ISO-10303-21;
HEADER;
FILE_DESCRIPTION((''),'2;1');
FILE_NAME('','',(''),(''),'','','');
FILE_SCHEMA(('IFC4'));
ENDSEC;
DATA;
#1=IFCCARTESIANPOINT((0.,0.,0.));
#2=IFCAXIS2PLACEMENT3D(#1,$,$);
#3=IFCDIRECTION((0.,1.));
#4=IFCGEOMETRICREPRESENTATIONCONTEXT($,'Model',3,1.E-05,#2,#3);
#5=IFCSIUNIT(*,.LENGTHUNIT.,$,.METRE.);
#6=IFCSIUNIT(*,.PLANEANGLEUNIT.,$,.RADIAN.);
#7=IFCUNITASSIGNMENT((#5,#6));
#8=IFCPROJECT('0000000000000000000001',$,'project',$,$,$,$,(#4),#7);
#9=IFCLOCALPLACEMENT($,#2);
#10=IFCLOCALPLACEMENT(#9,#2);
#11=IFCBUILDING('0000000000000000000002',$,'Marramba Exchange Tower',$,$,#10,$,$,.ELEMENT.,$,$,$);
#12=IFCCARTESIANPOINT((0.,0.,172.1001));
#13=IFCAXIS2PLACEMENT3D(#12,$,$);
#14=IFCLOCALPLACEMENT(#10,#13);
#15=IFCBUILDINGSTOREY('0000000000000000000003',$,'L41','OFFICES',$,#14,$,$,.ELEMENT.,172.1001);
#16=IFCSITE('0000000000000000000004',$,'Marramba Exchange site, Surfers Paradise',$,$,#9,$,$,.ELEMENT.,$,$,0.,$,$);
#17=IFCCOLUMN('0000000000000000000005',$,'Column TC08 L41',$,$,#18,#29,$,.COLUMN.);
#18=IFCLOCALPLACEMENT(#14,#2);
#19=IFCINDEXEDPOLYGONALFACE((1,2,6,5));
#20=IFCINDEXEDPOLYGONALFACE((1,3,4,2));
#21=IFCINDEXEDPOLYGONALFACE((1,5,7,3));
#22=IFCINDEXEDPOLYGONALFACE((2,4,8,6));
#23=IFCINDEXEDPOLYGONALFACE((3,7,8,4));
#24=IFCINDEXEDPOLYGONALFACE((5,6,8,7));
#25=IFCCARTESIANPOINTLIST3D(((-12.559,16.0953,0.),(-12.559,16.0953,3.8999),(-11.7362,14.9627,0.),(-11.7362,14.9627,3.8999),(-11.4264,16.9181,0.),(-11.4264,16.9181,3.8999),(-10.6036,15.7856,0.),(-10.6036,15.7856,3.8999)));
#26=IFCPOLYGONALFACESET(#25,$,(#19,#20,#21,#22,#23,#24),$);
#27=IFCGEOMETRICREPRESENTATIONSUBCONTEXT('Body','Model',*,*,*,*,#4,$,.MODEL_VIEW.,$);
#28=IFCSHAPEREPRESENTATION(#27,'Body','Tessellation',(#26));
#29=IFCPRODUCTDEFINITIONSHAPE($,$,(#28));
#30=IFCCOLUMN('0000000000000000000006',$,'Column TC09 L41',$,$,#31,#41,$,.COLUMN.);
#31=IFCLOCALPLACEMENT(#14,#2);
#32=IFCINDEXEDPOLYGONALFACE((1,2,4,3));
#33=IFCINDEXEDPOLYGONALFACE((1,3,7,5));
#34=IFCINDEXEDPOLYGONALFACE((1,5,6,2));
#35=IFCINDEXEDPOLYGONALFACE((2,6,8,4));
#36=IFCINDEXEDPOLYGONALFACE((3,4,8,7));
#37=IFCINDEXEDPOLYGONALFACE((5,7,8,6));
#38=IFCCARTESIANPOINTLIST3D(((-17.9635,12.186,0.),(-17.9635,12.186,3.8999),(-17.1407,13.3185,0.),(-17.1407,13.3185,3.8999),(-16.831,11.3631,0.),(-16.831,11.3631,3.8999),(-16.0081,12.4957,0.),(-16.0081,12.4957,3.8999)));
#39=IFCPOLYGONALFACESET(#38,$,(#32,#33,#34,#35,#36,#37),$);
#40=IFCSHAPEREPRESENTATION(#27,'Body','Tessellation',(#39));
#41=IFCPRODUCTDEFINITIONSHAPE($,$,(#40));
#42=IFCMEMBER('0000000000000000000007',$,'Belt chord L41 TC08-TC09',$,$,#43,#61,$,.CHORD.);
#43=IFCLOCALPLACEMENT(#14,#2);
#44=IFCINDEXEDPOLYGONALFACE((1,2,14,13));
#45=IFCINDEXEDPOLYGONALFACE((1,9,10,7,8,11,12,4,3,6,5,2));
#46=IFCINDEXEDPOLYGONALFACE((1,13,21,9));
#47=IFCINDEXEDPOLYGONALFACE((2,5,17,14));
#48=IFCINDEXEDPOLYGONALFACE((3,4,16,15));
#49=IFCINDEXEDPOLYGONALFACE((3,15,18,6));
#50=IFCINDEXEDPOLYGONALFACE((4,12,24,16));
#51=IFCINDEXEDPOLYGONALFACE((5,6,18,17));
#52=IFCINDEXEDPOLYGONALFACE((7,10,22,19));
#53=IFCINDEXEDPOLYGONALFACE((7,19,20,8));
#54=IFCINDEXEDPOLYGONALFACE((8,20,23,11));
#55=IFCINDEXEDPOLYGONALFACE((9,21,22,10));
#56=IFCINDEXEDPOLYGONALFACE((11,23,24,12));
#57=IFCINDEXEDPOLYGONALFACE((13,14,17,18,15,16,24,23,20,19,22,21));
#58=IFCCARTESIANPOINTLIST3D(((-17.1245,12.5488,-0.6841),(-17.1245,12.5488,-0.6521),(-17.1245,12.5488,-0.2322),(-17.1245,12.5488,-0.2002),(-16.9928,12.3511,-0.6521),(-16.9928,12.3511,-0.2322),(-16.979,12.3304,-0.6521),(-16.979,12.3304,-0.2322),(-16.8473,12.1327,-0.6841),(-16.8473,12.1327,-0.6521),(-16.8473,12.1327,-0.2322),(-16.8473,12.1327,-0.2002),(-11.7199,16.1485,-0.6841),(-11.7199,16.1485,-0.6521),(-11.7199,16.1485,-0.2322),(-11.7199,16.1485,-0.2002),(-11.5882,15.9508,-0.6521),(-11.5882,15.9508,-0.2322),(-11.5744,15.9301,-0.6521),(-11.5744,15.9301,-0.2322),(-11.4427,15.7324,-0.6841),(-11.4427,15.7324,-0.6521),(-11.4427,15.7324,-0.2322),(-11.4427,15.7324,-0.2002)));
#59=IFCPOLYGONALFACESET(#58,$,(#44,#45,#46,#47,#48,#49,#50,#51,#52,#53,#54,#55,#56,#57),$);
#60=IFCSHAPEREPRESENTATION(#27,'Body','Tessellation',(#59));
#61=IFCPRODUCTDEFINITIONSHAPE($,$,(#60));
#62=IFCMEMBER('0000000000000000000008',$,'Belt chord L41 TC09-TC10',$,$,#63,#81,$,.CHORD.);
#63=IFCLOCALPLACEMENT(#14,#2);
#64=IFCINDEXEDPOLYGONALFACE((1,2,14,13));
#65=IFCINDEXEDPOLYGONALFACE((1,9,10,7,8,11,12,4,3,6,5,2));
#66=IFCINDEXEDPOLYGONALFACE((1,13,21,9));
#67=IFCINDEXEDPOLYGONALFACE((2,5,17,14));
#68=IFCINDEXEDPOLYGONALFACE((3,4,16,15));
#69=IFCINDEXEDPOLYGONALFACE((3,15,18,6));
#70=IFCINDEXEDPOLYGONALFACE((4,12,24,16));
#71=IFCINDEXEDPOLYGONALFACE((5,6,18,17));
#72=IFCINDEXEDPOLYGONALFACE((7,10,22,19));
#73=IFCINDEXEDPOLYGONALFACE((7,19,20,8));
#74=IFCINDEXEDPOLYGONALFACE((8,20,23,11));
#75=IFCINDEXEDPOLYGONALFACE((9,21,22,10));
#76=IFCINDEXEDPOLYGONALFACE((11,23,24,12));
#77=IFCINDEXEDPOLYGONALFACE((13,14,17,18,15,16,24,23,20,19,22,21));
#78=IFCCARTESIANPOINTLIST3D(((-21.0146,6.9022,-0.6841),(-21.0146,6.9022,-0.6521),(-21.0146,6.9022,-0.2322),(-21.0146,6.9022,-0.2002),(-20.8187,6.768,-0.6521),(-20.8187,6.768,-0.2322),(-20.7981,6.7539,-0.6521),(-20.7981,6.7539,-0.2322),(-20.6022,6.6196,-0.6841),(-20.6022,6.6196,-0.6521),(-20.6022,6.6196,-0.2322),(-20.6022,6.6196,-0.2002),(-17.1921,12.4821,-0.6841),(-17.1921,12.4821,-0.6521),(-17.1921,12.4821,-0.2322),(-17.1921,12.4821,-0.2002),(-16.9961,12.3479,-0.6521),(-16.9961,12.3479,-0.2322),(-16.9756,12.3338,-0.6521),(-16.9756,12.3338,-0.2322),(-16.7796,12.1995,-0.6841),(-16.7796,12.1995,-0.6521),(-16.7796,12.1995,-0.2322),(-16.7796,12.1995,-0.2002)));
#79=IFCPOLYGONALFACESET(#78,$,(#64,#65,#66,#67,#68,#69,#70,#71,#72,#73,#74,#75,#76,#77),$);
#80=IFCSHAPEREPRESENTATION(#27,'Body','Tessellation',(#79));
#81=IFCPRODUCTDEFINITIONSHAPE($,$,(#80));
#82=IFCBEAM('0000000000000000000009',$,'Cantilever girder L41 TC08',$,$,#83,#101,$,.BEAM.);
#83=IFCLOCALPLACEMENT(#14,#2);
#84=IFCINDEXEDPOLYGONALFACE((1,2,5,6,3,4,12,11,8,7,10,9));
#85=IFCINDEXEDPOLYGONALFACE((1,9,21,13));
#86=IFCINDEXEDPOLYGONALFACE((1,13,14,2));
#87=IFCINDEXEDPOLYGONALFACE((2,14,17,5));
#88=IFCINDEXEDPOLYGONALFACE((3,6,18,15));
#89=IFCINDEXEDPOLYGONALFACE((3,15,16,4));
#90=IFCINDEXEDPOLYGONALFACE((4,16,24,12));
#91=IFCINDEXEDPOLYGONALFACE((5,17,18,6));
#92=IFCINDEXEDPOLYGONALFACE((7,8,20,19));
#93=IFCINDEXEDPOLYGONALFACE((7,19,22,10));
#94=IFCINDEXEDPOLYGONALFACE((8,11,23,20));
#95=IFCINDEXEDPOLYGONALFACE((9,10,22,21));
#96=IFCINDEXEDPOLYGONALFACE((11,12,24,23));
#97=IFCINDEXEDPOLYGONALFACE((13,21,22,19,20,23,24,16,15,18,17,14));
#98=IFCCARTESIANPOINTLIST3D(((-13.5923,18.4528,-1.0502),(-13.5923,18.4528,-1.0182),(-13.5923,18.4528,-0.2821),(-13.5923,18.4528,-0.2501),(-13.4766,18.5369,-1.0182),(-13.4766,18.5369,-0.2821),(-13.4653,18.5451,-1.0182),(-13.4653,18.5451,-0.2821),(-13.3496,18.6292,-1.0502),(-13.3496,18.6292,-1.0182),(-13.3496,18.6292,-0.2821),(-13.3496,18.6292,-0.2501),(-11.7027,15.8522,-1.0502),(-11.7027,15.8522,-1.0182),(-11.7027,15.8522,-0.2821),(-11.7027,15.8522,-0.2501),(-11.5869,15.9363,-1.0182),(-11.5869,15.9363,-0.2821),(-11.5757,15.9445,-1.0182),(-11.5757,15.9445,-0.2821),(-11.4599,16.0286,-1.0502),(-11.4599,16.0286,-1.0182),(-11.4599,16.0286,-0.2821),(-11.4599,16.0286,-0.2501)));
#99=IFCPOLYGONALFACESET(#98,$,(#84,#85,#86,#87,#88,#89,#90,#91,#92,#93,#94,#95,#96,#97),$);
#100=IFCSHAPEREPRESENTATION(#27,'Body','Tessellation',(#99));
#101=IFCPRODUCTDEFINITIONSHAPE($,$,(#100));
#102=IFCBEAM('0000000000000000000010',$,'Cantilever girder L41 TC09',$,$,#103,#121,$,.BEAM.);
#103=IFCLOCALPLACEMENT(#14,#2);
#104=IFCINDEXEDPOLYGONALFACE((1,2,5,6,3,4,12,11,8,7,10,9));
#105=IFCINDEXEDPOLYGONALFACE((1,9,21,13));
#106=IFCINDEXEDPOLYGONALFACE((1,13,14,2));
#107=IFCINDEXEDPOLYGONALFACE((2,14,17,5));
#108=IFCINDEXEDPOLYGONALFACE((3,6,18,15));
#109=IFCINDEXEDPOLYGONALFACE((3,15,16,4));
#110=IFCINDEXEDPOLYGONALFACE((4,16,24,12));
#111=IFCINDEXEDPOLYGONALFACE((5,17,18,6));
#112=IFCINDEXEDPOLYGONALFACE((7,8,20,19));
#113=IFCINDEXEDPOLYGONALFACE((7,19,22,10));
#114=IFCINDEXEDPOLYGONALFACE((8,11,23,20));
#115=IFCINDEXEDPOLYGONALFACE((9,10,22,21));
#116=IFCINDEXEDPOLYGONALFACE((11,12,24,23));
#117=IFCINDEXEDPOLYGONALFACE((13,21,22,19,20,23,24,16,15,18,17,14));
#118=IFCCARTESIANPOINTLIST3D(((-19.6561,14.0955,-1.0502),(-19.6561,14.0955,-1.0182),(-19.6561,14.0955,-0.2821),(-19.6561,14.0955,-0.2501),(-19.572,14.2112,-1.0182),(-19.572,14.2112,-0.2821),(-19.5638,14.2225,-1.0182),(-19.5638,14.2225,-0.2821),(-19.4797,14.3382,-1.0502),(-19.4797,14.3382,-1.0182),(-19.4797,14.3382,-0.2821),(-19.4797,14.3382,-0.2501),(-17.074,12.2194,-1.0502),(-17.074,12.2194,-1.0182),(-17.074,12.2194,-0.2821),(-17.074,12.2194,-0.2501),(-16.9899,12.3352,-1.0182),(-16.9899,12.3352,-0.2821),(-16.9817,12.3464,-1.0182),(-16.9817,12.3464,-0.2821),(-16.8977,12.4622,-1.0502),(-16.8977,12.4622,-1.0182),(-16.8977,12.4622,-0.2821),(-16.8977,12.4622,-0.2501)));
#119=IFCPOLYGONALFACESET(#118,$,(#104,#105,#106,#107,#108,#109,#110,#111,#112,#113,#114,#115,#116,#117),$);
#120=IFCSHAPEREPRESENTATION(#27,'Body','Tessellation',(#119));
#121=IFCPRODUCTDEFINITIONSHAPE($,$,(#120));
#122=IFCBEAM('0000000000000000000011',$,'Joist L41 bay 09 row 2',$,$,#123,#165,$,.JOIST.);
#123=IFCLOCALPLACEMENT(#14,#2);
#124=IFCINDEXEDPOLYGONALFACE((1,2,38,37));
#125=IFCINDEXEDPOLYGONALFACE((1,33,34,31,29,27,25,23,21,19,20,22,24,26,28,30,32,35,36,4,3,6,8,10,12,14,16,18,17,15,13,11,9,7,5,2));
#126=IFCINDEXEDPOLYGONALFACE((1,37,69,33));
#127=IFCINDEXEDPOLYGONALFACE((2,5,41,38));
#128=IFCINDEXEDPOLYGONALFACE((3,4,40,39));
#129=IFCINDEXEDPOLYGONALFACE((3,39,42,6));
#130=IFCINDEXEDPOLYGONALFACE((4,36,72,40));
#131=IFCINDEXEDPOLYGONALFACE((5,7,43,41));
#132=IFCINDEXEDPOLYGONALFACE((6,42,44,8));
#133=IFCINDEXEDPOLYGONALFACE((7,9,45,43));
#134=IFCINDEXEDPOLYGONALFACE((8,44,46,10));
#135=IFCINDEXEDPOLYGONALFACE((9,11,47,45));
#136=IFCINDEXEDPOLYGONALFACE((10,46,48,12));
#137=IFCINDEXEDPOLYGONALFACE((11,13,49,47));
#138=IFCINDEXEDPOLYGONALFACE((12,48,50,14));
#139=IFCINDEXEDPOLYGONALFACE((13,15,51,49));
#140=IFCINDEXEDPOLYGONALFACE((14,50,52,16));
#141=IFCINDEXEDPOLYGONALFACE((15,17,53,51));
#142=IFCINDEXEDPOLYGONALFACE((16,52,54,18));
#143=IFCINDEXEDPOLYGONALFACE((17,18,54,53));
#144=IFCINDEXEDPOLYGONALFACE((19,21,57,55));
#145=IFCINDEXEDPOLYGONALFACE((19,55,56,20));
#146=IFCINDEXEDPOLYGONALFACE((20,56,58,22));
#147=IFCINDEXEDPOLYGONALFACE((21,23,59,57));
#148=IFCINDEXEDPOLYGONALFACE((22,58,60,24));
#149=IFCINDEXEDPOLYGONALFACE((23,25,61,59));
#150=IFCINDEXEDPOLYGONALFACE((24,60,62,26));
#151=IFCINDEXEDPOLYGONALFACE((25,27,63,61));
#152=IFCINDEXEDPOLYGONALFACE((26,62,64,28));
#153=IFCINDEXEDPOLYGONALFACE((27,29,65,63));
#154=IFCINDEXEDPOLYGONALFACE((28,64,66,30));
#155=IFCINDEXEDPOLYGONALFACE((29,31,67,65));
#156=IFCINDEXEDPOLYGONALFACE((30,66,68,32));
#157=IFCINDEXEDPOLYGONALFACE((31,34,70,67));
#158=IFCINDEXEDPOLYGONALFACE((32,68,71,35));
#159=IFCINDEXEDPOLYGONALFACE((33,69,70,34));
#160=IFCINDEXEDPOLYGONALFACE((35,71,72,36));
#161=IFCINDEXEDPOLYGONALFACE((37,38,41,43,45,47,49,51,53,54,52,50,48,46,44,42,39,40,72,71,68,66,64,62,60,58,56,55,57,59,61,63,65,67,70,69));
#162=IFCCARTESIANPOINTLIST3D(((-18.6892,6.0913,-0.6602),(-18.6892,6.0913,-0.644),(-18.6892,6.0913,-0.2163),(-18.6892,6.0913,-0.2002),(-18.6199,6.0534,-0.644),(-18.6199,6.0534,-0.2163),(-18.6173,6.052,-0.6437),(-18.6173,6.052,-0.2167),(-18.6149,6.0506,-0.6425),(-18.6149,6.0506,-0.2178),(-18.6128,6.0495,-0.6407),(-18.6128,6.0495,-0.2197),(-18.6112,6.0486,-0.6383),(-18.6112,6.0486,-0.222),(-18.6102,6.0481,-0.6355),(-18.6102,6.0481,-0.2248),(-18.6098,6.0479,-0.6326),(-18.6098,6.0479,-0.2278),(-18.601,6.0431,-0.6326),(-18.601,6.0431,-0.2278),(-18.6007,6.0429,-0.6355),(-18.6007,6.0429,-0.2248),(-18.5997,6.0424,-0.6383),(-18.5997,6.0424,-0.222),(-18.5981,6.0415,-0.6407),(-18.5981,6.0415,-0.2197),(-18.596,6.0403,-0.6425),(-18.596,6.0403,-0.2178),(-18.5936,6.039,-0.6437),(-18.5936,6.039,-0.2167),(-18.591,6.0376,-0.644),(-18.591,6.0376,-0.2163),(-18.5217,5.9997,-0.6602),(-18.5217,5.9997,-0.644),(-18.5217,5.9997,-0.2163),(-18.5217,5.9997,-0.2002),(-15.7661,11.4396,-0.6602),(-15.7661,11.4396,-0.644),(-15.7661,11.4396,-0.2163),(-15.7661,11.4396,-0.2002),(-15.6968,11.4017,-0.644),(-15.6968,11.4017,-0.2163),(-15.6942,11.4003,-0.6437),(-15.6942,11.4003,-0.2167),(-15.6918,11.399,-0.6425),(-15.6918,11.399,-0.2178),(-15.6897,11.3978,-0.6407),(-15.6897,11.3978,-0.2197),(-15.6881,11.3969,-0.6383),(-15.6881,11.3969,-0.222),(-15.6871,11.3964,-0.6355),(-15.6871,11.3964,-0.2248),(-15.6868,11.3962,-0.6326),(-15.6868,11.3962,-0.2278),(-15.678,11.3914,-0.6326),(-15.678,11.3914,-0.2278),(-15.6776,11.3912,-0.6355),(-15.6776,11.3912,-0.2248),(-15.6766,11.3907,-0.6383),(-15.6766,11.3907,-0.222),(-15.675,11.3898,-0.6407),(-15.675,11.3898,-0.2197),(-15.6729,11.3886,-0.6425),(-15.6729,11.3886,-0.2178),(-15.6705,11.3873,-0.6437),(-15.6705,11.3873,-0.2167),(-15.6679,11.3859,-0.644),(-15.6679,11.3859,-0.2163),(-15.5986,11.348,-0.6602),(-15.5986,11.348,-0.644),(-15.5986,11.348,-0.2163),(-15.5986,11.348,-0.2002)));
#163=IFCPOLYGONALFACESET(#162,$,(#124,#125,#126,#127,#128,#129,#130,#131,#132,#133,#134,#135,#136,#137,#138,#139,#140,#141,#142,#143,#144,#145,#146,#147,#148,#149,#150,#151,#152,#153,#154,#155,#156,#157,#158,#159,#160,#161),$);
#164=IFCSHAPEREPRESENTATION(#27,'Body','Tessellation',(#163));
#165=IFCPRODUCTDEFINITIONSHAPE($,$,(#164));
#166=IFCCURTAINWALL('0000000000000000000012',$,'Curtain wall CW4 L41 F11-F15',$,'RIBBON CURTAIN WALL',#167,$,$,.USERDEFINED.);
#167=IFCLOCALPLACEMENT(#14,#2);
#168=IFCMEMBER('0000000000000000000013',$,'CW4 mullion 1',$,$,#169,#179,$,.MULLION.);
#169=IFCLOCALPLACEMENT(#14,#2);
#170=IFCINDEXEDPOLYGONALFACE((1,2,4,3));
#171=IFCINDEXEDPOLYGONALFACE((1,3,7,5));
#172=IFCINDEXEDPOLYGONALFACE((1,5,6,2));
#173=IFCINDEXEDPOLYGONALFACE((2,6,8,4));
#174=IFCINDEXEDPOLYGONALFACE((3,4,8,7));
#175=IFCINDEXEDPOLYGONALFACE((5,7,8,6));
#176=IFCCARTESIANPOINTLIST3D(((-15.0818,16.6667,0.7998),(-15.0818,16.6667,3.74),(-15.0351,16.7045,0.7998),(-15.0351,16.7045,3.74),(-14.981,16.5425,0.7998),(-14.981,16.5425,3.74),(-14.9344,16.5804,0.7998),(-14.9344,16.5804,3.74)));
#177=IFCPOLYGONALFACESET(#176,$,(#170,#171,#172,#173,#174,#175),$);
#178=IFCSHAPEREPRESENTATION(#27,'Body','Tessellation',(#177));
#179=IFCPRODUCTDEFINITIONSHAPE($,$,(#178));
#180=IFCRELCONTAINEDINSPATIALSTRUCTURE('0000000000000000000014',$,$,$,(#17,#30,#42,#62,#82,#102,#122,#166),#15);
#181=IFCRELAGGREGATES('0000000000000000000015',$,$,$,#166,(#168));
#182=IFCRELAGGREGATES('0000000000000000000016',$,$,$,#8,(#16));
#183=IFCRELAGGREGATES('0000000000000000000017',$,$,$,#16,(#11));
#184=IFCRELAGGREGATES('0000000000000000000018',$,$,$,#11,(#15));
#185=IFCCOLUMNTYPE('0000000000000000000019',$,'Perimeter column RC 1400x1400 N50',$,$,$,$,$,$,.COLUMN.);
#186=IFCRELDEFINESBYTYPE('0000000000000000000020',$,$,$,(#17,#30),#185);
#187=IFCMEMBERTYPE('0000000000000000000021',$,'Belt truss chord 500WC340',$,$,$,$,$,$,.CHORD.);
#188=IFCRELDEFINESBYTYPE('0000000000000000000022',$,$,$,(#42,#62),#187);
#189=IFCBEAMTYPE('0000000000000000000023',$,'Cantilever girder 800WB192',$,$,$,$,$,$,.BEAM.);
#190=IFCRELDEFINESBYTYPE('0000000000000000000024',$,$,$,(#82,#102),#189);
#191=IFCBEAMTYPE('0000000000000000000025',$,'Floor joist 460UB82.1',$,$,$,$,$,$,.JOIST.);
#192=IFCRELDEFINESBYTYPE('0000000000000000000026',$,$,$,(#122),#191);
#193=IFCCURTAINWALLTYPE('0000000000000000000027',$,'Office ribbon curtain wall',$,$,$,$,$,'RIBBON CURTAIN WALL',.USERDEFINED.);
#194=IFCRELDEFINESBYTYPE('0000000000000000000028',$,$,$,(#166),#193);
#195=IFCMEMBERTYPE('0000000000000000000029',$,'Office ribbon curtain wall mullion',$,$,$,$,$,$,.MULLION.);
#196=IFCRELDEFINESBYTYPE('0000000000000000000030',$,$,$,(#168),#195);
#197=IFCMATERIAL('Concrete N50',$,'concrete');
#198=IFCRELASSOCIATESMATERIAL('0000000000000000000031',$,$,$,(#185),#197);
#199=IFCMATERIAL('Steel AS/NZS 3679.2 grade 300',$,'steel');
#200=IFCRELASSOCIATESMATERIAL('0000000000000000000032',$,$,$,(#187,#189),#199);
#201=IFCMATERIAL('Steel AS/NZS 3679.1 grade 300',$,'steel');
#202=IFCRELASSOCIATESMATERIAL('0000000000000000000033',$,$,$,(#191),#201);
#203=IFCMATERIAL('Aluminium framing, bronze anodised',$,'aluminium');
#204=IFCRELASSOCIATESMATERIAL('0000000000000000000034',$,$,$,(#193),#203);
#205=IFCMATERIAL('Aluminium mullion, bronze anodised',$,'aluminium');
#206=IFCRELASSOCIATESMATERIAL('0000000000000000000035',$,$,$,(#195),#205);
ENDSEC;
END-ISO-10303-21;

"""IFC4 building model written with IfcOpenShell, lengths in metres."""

from ifc_helpers import new_model, si_unit, direction, frame, origin, origin_2d, place, context, subcontext, project, spatial, rectangle, i_section, extrude, material, material_profile, profile_set, type_object, element, aggregate, save


model = new_model("IFC4")

# Units and contexts
model_context = context("Model", 3, precision=1e-05, world=origin(), true_north=direction((0.0, 1.0)))
body_context = subcontext(model_context, "Body", "Model", "MODEL_VIEW")
ifc_project = project(units=[si_unit("LENGTHUNIT", "METRE"), si_unit("PLANEANGLEUNIT", "RADIAN")], contexts=[model_context])

# Site, building, storey
site_placement = place(None, origin())
site = spatial("IfcSite", under=ifc_project, at=site_placement, Name="Marramba Exchange site, Surfers Paradise", CompositionType="ELEMENT", RefElevation=0.0)
building_placement = place(site_placement, origin())
building = spatial("IfcBuilding", under=site, at=building_placement, Name="Marramba Exchange Tower", CompositionType="ELEMENT")
storey_placement = place(building_placement, frame((0.0, 0.0, 172.1001)))
storey = spatial("IfcBuildingStorey", under=building, at=storey_placement, Name="L41", Description="OFFICES", CompositionType="ELEMENT", Elevation=172.1001)

# Columns
ifc_material_1 = material(Name="Concrete N50", Category="concrete")
ifc_material_profile_1 = material_profile(ifc_material_1, rectangle(XDim=1.3999, YDim=1.3999, at=origin_2d()), Name="RC 1400x1400")
ifc_profile_set_1 = profile_set([ifc_material_profile_1], Name="Concrete N50")
column_type = type_object("IfcColumnType", Name="Perimeter column RC 1400x1400 N50", PredefinedType="COLUMN", material=ifc_profile_set_1)
for number, where, z_axis, x_axis, name in (
    (1, (-11.5813, 15.9404, 0.0), (0.0, 0.0, 1.0), (-0.587785, 0.809017, 0.0), "Column TC08 L41"),
    (2, (-16.9858, 12.3408, 0.0), (0.0, 0.0, 1.0), (-0.809017, 0.587785, 0.0), "Column TC09 L41"),
):
    element("IfcColumn", number, at=place(storey_placement, frame(where, z_axis=z_axis, x_axis=x_axis)), inside=storey, type_object=column_type, Name=name, PredefinedType="COLUMN", context=body_context, shape_type="SweptSolid", body=[
        extrude(rectangle(XDim=1.3999, YDim=1.3999, at=origin_2d()), origin(), (0.0, 0.0, 1.0), 3.8999),
    ])

# Members
ifc_material_2 = material(Name="Steel AS/NZS 3679.2 grade 300", Category="steel")
ifc_material_profile_2 = material_profile(ifc_material_2, i_section(OverallWidth=0.5, OverallDepth=0.4839, WebThickness=0.0249, FlangeThickness=0.032, at=origin_2d()), Name="500WC340")
ifc_profile_set_2 = profile_set([ifc_material_profile_2], Name="Steel AS/NZS 3679.2 grade 300")
member_type_1 = type_object("IfcMemberType", Name="Belt truss chord 500WC340", PredefinedType="CHORD", material=ifc_profile_set_2)
member_1_placement = place(storey_placement, frame((-11.5813, 15.9404, -0.4421), z_axis=(-0.832293, -0.554336, 0.0), x_axis=(0.554336, -0.832293, 0.0)))
element("IfcMember", 3, at=member_1_placement, inside=storey, type_object=member_type_1, Name="Belt chord L41 TC08-TC09", PredefinedType="CHORD", context=body_context, shape_type="SweptSolid", body=[
    extrude(i_section(OverallWidth=0.5, OverallDepth=0.4839, WebThickness=0.0249, FlangeThickness=0.032, at=origin_2d()), origin(), (0.0, 0.0, 1.0), 6.4937),
])
member_2_placement = place(storey_placement, frame((-16.9858, 12.3408, -0.4421), z_axis=(-0.56516, -0.824981, 0.0), x_axis=(0.824981, -0.56516, 0.0)))
element("IfcMember", 4, at=member_2_placement, inside=storey, type_object=member_type_1, Name="Belt chord L41 TC09-TC10", PredefinedType="CHORD", context=body_context, shape_type="SweptSolid", body=[
    extrude(i_section(OverallWidth=0.5, OverallDepth=0.4839, WebThickness=0.0249, FlangeThickness=0.032, at=origin_2d()), origin(), (0.0, 0.0, 1.0), 6.7637),
])

# Beams
ifc_material_profile_3 = material_profile(ifc_material_2, i_section(OverallWidth=0.3, OverallDepth=0.8, WebThickness=0.0139, FlangeThickness=0.032, at=origin_2d()), Name="800WB192")
ifc_profile_set_3 = profile_set([ifc_material_profile_3], Name="Steel AS/NZS 3679.2 grade 300")
beam_type_1 = type_object("IfcBeamType", Name="Cantilever girder 800WB192", PredefinedType="BEAM", material=ifc_profile_set_3)
beam_1_placement = place(storey_placement, frame((-11.5813, 15.9404, -0.6501), z_axis=(-0.587828, 0.808986, 0.0), x_axis=(-0.808986, -0.587828, 0.0)))
element("IfcBeam", 5, at=beam_1_placement, inside=storey, type_object=beam_type_1, Name="Cantilever girder L41 TC08", PredefinedType="BEAM", context=body_context, shape_type="SweptSolid", body=[
    extrude(i_section(OverallWidth=0.3, OverallDepth=0.8, WebThickness=0.0139, FlangeThickness=0.032, at=origin_2d()), origin(), (0.0, 0.0, 1.0), 3.2146),
])
beam_2_placement = place(storey_placement, frame((-16.9858, 12.3408, -0.6501), z_axis=(-0.809014, 0.58779, 0.0), x_axis=(-0.58779, -0.809014, 0.0)))
element("IfcBeam", 6, at=beam_2_placement, inside=storey, type_object=beam_type_1, Name="Cantilever girder L41 TC09", PredefinedType="BEAM", context=body_context, shape_type="SweptSolid", body=[
    extrude(i_section(OverallWidth=0.3, OverallDepth=0.8, WebThickness=0.0139, FlangeThickness=0.032, at=origin_2d()), origin(), (0.0, 0.0, 1.0), 3.1917),
])
ifc_material_3 = material(Name="Steel AS/NZS 3679.1 grade 300", Category="steel")
ifc_material_profile_4 = material_profile(ifc_material_3, i_section(OverallWidth=0.1909, OverallDepth=0.46, WebThickness=0.01, FlangeThickness=0.0161, FilletRadius=0.0115, at=origin_2d()), Name="460UB82.1")
ifc_profile_set_4 = profile_set([ifc_material_profile_4], Name="Steel AS/NZS 3679.1 grade 300")
beam_type_2 = type_object("IfcBeamType", Name="Floor joist 460UB82.1", PredefinedType="JOIST", material=ifc_profile_set_4)
beam_3_placement = place(storey_placement, frame((-15.6824, 11.3938, -0.4302), z_axis=(-0.479584, -0.877496, 0.0), x_axis=(0.877496, -0.479584, 0.0)))
element("IfcBeam", 7, at=beam_3_placement, inside=storey, type_object=beam_type_2, Name="Joist L41 bay 09 row 2", PredefinedType="JOIST", context=body_context, shape_type="SweptSolid", body=[
    extrude(i_section(OverallWidth=0.1909, OverallDepth=0.46, WebThickness=0.01, FlangeThickness=0.0161, FilletRadius=0.0115, at=origin_2d()), origin(), (0.0, 0.0, 1.0), 6.095),
])

# Curtain wall, member
ifc_material_4 = material(Name="Aluminium framing, bronze anodised", Category="aluminium")
curtain_wall_type = type_object("IfcCurtainWallType", Name="Office ribbon curtain wall", ElementType="RIBBON CURTAIN WALL", PredefinedType="USERDEFINED", material=ifc_material_4)
curtain_wall_placement = place(storey_placement, origin())
curtain_wall = element("IfcCurtainWall", 8, at=curtain_wall_placement, inside=storey, type_object=curtain_wall_type, Name="Curtain wall CW4 L41 F11-F15", ObjectType="RIBBON CURTAIN WALL", PredefinedType="USERDEFINED")
ifc_material_5 = material(Name="Aluminium mullion, bronze anodised", Category="aluminium")
ifc_material_profile_5 = material_profile(ifc_material_5, rectangle(XDim=0.1599, YDim=0.0601, at=origin_2d()), Name="CW4 mullion 60x160")
ifc_profile_set_5 = profile_set([ifc_material_profile_5], Name="Aluminium mullion, bronze anodised")
member_type_2 = type_object("IfcMemberType", Name="Office ribbon curtain wall mullion", PredefinedType="MULLION", material=ifc_profile_set_5)
member_3_placement = place(storey_placement, frame((-15.0081, 16.6235, 0.7998), z_axis=(0.0, 0.0, 1.0), x_axis=(0.630201, -0.776432, 0.0)))
member_3 = element("IfcMember", 9, at=member_3_placement, type_object=member_type_2, Name="CW4 mullion 1", PredefinedType="MULLION", context=body_context, shape_type="SweptSolid", body=[
    extrude(rectangle(XDim=0.1599, YDim=0.0601, at=origin_2d()), origin(), (0.0, 0.0, 1.0), 2.9402),
])

aggregate(curtain_wall, [member_3])

save(model, "model.ifc")
